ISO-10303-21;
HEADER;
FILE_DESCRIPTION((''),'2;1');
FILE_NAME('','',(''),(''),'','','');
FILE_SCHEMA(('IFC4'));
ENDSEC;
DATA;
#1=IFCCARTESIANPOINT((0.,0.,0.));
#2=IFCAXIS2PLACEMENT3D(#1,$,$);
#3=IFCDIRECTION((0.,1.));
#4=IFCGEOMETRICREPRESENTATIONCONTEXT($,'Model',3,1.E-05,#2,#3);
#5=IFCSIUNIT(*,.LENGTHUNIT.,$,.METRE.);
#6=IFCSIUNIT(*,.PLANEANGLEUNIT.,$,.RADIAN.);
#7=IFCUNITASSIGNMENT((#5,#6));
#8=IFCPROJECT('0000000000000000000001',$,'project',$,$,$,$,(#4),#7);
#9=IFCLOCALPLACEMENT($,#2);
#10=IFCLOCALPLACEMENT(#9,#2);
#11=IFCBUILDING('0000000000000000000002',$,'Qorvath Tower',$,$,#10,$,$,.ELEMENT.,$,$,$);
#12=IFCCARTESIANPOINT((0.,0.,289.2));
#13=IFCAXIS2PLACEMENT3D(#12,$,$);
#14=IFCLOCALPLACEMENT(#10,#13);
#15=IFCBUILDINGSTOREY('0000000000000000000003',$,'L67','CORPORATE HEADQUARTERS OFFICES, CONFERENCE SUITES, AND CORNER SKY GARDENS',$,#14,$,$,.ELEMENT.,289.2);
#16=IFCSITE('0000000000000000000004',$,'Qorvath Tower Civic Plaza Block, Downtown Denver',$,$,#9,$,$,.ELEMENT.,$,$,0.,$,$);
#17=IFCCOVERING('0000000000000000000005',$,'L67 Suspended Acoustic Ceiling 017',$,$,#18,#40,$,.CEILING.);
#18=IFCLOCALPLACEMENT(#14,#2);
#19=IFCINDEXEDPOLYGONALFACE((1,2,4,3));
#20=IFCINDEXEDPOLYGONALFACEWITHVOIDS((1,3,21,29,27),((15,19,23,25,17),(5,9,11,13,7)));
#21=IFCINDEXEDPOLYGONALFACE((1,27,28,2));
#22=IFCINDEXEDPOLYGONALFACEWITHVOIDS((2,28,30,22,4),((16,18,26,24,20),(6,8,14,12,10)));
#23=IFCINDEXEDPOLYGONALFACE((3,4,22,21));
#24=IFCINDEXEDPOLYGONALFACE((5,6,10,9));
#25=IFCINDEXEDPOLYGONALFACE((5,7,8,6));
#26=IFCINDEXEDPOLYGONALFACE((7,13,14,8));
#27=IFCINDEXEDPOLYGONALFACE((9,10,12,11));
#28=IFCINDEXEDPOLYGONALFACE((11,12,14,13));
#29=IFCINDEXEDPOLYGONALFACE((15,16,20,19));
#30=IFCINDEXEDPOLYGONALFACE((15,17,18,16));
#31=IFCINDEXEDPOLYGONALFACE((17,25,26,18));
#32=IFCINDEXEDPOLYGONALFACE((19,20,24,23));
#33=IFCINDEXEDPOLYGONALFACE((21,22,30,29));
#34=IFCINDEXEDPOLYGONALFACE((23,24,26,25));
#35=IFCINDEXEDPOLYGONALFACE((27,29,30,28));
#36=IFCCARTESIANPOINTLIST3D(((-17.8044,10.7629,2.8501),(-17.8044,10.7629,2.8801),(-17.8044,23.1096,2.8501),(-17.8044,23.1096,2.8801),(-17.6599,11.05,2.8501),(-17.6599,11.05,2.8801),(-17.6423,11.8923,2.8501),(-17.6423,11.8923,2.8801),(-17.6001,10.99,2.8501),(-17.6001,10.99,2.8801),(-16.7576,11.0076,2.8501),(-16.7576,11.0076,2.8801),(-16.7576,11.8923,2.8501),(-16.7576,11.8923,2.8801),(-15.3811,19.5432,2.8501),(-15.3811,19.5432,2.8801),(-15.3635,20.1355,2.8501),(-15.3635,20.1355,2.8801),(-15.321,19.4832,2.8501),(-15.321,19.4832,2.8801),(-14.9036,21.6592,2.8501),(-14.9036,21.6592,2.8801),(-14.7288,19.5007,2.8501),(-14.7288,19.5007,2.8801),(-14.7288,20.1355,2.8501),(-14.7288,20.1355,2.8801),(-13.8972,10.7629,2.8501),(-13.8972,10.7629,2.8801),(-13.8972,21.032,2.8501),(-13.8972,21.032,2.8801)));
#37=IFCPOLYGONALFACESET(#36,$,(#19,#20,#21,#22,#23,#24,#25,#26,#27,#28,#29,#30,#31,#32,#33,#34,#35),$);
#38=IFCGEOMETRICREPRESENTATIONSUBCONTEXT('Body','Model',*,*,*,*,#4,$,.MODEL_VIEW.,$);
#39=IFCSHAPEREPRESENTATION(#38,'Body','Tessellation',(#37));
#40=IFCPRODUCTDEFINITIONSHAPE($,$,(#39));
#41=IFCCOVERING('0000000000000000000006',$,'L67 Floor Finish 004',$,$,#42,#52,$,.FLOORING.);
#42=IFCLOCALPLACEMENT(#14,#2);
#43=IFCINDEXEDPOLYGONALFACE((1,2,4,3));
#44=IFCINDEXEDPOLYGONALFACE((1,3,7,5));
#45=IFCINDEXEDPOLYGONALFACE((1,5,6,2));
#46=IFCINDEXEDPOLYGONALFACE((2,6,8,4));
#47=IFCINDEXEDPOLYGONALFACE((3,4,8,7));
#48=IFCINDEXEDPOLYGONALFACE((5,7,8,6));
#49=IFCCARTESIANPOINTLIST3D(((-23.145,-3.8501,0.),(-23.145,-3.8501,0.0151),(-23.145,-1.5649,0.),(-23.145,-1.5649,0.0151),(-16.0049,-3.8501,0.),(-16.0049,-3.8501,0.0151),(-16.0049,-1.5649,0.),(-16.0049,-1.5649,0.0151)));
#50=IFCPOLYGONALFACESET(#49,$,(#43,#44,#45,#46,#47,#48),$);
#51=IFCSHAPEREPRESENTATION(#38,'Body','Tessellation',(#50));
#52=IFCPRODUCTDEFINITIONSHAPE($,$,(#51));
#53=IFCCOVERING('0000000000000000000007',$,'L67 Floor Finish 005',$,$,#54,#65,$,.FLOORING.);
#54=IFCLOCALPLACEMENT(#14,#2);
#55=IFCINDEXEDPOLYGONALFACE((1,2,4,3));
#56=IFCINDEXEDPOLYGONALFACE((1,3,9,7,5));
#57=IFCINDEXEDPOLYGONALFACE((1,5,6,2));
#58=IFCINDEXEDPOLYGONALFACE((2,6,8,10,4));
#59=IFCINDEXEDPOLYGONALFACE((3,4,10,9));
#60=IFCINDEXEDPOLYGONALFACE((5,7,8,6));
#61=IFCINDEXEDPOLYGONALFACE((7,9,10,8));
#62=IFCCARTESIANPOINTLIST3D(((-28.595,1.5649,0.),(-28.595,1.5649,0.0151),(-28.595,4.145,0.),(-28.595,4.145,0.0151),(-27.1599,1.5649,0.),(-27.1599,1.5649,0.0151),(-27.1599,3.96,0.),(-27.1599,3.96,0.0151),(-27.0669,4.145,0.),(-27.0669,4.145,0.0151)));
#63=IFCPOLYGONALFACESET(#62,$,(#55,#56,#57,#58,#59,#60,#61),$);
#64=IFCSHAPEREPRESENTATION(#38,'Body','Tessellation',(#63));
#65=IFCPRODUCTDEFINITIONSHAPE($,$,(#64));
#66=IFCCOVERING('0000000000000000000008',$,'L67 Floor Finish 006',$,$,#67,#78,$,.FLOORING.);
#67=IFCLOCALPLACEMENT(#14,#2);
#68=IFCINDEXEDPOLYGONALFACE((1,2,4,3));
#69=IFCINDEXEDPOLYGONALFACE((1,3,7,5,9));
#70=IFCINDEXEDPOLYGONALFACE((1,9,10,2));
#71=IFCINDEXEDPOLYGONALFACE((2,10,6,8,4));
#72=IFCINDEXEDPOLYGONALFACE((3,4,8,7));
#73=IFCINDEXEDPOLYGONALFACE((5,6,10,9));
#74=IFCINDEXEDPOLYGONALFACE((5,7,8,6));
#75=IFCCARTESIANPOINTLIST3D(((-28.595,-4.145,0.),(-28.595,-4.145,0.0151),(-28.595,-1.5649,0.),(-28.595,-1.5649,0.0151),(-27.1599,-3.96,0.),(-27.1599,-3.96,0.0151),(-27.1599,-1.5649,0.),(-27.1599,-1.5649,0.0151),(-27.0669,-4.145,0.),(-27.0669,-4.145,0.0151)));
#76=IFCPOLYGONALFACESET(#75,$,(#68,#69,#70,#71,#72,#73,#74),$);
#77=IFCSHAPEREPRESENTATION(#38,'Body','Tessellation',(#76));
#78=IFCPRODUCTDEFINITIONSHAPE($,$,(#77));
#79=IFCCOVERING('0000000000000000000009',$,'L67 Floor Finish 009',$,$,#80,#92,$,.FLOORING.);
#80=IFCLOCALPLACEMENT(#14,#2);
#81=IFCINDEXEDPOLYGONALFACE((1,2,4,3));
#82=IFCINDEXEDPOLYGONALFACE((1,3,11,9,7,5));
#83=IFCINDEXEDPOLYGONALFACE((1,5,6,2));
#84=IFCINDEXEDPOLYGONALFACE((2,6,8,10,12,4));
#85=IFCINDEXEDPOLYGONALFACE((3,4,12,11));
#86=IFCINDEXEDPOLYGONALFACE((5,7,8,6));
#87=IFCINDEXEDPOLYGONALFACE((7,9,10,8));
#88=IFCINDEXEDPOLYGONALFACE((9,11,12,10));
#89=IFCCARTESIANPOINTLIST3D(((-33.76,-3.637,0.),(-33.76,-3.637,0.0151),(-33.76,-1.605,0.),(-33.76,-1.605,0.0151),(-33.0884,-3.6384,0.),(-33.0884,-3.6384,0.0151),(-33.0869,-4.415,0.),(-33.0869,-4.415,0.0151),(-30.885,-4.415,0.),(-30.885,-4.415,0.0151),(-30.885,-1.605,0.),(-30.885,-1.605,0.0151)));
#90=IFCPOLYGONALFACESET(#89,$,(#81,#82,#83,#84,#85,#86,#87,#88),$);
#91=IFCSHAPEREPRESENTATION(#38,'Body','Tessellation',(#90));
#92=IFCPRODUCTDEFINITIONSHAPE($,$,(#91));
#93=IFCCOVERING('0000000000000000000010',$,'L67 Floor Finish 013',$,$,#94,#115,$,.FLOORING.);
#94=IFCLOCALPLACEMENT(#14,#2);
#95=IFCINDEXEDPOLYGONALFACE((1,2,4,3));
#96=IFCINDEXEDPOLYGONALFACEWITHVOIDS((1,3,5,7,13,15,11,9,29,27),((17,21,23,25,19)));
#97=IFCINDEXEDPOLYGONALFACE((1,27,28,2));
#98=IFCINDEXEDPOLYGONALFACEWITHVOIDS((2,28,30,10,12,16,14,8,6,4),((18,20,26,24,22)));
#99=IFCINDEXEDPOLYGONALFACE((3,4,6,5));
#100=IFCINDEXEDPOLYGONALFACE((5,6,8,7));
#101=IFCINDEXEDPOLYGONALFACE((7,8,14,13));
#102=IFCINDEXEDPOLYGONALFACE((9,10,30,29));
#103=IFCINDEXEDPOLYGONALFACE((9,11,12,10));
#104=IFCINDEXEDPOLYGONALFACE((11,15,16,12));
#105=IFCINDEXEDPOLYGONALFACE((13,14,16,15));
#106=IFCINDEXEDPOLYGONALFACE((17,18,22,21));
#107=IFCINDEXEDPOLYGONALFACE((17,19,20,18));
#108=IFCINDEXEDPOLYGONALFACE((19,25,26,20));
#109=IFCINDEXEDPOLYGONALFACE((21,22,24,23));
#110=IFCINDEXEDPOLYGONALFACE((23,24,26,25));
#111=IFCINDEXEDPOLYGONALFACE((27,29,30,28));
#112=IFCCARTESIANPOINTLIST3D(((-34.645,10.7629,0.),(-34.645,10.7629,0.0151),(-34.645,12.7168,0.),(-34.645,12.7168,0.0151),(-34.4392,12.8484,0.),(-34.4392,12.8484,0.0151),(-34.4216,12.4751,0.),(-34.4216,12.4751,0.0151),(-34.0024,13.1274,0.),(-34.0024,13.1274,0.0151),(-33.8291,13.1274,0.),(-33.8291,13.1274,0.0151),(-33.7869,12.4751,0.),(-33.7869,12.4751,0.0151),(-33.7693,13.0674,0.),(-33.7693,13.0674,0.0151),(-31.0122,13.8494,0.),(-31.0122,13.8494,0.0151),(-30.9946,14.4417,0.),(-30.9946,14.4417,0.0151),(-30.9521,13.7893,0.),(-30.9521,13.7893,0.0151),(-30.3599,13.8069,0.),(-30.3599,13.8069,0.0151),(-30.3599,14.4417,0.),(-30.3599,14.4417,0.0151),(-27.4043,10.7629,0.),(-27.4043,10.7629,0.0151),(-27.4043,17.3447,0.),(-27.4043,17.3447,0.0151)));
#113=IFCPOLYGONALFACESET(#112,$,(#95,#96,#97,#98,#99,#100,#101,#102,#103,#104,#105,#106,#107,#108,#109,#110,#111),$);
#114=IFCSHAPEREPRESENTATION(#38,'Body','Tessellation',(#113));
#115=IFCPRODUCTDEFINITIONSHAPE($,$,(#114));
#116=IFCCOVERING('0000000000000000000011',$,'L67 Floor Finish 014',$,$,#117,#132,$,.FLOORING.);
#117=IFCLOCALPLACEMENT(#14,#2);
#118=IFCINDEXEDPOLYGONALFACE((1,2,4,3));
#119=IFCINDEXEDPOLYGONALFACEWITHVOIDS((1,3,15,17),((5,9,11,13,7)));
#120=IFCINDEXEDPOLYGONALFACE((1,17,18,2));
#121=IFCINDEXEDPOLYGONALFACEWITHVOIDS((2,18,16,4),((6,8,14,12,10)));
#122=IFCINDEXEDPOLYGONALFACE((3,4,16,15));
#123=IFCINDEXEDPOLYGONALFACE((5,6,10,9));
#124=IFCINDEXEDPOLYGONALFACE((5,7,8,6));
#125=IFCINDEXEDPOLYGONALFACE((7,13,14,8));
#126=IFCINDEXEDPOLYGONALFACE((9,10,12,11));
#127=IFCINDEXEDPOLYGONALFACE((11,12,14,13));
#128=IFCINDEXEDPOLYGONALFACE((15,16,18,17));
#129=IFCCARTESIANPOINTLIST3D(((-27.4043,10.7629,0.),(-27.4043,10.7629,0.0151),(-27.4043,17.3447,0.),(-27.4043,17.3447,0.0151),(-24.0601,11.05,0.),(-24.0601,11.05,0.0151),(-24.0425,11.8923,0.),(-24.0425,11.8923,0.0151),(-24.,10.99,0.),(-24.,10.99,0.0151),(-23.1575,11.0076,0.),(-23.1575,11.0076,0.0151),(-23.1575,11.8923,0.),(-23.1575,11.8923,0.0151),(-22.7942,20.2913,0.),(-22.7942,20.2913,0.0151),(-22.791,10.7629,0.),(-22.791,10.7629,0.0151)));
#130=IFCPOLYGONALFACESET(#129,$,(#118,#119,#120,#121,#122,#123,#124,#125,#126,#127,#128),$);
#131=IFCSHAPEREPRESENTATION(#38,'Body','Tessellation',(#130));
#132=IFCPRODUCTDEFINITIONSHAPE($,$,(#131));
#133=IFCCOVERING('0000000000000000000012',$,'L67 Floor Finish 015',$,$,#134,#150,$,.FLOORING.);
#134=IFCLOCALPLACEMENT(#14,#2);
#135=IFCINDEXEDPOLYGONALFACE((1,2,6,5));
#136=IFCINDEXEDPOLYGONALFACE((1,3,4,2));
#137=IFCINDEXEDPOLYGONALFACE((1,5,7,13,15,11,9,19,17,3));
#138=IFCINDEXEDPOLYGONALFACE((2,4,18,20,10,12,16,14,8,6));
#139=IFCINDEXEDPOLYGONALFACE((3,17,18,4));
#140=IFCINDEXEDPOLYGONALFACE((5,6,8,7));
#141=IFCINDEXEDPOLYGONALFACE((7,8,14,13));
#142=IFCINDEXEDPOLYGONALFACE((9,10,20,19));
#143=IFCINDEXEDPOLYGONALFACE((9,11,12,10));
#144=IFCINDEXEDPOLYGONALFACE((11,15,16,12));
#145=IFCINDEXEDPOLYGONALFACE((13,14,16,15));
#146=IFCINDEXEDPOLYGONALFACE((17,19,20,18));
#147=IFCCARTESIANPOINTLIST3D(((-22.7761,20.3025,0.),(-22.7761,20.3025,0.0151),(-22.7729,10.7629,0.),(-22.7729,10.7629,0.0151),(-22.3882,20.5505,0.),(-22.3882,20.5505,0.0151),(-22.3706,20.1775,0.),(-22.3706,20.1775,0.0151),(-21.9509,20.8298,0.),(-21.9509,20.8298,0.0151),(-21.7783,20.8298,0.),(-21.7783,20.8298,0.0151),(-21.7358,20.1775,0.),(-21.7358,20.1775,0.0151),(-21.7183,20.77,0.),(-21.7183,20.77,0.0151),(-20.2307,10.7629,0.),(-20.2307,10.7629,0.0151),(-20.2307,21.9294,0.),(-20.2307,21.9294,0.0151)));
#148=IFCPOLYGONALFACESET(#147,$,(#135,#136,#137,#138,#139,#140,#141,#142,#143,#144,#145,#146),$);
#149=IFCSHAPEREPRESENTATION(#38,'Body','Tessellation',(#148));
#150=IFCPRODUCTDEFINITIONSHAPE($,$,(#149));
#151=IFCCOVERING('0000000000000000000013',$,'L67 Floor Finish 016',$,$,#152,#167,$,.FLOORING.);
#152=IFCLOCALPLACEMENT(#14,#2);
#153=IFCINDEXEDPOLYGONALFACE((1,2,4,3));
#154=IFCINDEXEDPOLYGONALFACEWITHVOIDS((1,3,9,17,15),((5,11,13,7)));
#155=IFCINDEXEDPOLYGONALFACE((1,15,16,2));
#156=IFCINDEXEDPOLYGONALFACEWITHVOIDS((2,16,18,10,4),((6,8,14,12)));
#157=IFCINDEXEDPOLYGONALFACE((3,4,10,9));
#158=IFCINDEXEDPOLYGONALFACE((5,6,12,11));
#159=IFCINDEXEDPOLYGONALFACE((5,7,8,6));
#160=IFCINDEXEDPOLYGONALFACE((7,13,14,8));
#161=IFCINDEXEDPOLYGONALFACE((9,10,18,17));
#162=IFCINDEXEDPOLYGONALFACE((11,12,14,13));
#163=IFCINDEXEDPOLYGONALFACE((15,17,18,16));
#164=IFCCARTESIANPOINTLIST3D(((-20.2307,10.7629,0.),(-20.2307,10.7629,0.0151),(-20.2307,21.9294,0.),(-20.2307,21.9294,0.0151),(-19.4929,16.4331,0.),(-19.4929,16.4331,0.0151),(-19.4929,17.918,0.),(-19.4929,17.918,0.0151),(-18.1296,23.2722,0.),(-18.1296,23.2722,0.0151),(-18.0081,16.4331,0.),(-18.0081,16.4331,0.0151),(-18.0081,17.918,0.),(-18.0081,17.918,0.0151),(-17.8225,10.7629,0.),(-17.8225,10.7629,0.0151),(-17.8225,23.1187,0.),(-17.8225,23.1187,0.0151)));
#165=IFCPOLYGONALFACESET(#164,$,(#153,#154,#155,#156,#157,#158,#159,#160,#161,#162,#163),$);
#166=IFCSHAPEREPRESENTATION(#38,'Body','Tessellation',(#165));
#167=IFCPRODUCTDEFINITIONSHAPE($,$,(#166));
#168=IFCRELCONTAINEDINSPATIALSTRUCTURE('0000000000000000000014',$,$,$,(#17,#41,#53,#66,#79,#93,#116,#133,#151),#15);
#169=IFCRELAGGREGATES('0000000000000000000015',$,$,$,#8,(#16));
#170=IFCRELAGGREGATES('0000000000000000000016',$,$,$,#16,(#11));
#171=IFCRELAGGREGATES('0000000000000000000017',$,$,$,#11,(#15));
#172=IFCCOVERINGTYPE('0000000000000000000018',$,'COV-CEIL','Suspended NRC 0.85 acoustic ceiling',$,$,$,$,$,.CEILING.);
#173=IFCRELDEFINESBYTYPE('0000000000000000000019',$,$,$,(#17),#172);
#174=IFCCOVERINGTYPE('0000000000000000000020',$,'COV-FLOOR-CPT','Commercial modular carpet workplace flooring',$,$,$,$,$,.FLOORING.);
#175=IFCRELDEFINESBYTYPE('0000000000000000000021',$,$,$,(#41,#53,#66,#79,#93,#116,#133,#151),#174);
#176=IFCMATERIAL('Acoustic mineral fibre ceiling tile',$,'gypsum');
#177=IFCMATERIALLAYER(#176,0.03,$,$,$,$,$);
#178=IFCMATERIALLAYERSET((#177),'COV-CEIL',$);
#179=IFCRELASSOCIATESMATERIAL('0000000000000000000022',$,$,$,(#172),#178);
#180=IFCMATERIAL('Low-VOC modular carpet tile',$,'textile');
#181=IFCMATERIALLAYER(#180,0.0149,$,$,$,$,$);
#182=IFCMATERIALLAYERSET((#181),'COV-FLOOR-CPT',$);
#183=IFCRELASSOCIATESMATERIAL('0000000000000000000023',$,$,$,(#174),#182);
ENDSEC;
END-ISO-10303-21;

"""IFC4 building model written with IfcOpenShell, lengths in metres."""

from ifc_helpers import new_model, si_unit, direction, frame, origin, place, context, subcontext, project, spatial, polyline, outline, extrude, material, layer, layer_set, type_object, element, save


model = new_model("IFC4")

# Units and contexts
model_context = context("Model", 3, precision=1e-05, world=origin(), true_north=direction((0.0, 1.0)))
body_context = subcontext(model_context, "Body", "Model", "MODEL_VIEW")
ifc_project = project(units=[si_unit("LENGTHUNIT", "METRE"), si_unit("PLANEANGLEUNIT", "RADIAN")], contexts=[model_context])

# Site, building, storey
site_placement = place(None, origin())
site = spatial("IfcSite", under=ifc_project, at=site_placement, Name="Qorvath Tower Civic Plaza Block, Downtown Denver", CompositionType="ELEMENT", RefElevation=0.0)
building_placement = place(site_placement, origin())
building = spatial("IfcBuilding", under=site, at=building_placement, Name="Qorvath Tower", CompositionType="ELEMENT")
storey_placement = place(building_placement, frame((0.0, 0.0, 289.2)))
storey = spatial("IfcBuildingStorey", under=building, at=storey_placement, Name="L67", Description="CORPORATE HEADQUARTERS OFFICES, CONFERENCE SUITES, AND CORNER SKY GARDENS", CompositionType="ELEMENT", Elevation=289.2)

# Coverings
ifc_material_1 = material(Name="Acoustic mineral fibre ceiling tile", Category="gypsum")
ifc_layer_1 = layer(ifc_material_1, 0.03)
ifc_layer_set_1 = layer_set([ifc_layer_1], Name="COV-CEIL")
covering_type_1 = type_object("IfcCoveringType", Name="COV-CEIL", Description="Suspended NRC 0.85 acoustic ceiling", PredefinedType="CEILING", material=ifc_layer_set_1)
covering_1_placement = place(storey_placement, frame((0.0, 0.0, 2.8501)))
element("IfcCovering", 1, at=covering_1_placement, inside=storey, type_object=covering_type_1, Name="L67 Suspended Acoustic Ceiling 017", PredefinedType="CEILING", context=body_context, shape_type="SweptSolid", body=[
    extrude(outline(polyline([(-13.8972, 10.7629), (-13.8972, 21.032), (-14.9036, 21.6592), (-17.8044, 23.1096), (-17.8044, 10.7629), (-13.8972, 10.7629)]), holes=[polyline([(-15.3811, 19.5432), (-15.3635, 20.1355), (-14.7288, 20.1355), (-14.7288, 19.5007), (-15.321, 19.4832), (-15.3811, 19.5432)]), polyline([(-17.6599, 11.05), (-17.6423, 11.8923), (-16.7576, 11.8923), (-16.7576, 11.0076), (-17.6001, 10.99), (-17.6599, 11.05)])]), origin(), (0.0, 0.0, 1.0), 0.03),
])
ifc_material_2 = material(Name="Low-VOC modular carpet tile", Category="textile")
ifc_layer_2 = layer(ifc_material_2, 0.0149)
ifc_layer_set_2 = layer_set([ifc_layer_2], Name="COV-FLOOR-CPT")
covering_type_2 = type_object("IfcCoveringType", Name="COV-FLOOR-CPT", Description="Commercial modular carpet workplace flooring", PredefinedType="FLOORING", material=ifc_layer_set_2)
covering_2_placement = place(storey_placement, origin())
element("IfcCovering", 2, at=covering_2_placement, inside=storey, type_object=covering_type_2, Name="L67 Floor Finish 004", PredefinedType="FLOORING", context=body_context, shape_type="SweptSolid", body=[
    extrude(outline(polyline([(-23.145, -3.8501), (-16.0049, -3.8501), (-16.0049, -1.5649), (-23.145, -1.5649), (-23.145, -3.8501)])), origin(), (0.0, 0.0, 1.0), 0.0151),
])
covering_3_placement = place(storey_placement, origin())
element("IfcCovering", 3, at=covering_3_placement, inside=storey, type_object=covering_type_2, Name="L67 Floor Finish 005", PredefinedType="FLOORING", context=body_context, shape_type="SweptSolid", body=[
    extrude(outline(polyline([(-27.1599, 1.5649), (-27.1599, 3.96), (-27.0669, 4.145), (-28.595, 4.145), (-28.595, 1.5649), (-27.1599, 1.5649)])), origin(), (0.0, 0.0, 1.0), 0.0151),
])
covering_4_placement = place(storey_placement, origin())
element("IfcCovering", 4, at=covering_4_placement, inside=storey, type_object=covering_type_2, Name="L67 Floor Finish 006", PredefinedType="FLOORING", context=body_context, shape_type="SweptSolid", body=[
    extrude(outline(polyline([(-27.0669, -4.145), (-27.1599, -3.96), (-27.1599, -1.5649), (-28.595, -1.5649), (-28.595, -4.145), (-27.0669, -4.145)])), origin(), (0.0, 0.0, 1.0), 0.0151),
])
covering_5_placement = place(storey_placement, origin())
element("IfcCovering", 5, at=covering_5_placement, inside=storey, type_object=covering_type_2, Name="L67 Floor Finish 009", PredefinedType="FLOORING", context=body_context, shape_type="SweptSolid", body=[
    extrude(outline(polyline([(-30.885, -4.415), (-30.885, -1.605), (-33.76, -1.605), (-33.76, -3.637), (-33.0884, -3.6384), (-33.0869, -4.415), (-30.885, -4.415)])), origin(), (0.0, 0.0, 1.0), 0.0151),
])
covering_6_placement = place(storey_placement, origin())
element("IfcCovering", 6, at=covering_6_placement, inside=storey, type_object=covering_type_2, Name="L67 Floor Finish 013", PredefinedType="FLOORING", context=body_context, shape_type="SweptSolid", body=[
    extrude(outline(polyline([(-27.4043, 10.7629), (-27.4043, 17.3447), (-34.0024, 13.1274), (-33.8291, 13.1274), (-33.7693, 13.0674), (-33.7869, 12.4751), (-34.4216, 12.4751), (-34.4392, 12.8484), (-34.645, 12.7168), (-34.645, 10.7629), (-27.4043, 10.7629)]), holes=[polyline([(-31.0122, 13.8494), (-30.9946, 14.4417), (-30.3599, 14.4417), (-30.3599, 13.8069), (-30.9521, 13.7893), (-31.0122, 13.8494)])]), origin(), (0.0, 0.0, 1.0), 0.0151),
])
covering_7_placement = place(storey_placement, origin())
element("IfcCovering", 7, at=covering_7_placement, inside=storey, type_object=covering_type_2, Name="L67 Floor Finish 014", PredefinedType="FLOORING", context=body_context, shape_type="SweptSolid", body=[
    extrude(outline(polyline([(-22.791, 10.7629), (-22.7942, 20.2913), (-27.4043, 17.3447), (-27.4043, 10.7629), (-22.791, 10.7629)]), holes=[polyline([(-24.0601, 11.05), (-24.0425, 11.8923), (-23.1575, 11.8923), (-23.1575, 11.0076), (-24.0, 10.99), (-24.0601, 11.05)])]), origin(), (0.0, 0.0, 1.0), 0.0151),
])
covering_8_placement = place(storey_placement, origin())
element("IfcCovering", 8, at=covering_8_placement, inside=storey, type_object=covering_type_2, Name="L67 Floor Finish 015", PredefinedType="FLOORING", context=body_context, shape_type="SweptSolid", body=[
    extrude(outline(polyline([(-20.2307, 10.7629), (-20.2307, 21.9294), (-21.9509, 20.8298), (-21.7783, 20.8298), (-21.7183, 20.77), (-21.7358, 20.1775), (-22.3706, 20.1775), (-22.3882, 20.5505), (-22.7761, 20.3025), (-22.7729, 10.7629), (-20.2307, 10.7629)])), origin(), (0.0, 0.0, 1.0), 0.0151),
])
covering_9_placement = place(storey_placement, origin())
element("IfcCovering", 9, at=covering_9_placement, inside=storey, type_object=covering_type_2, Name="L67 Floor Finish 016", PredefinedType="FLOORING", context=body_context, shape_type="SweptSolid", body=[
    extrude(outline(polyline([(-17.8225, 23.1187), (-18.1296, 23.2722), (-20.2307, 21.9294), (-20.2307, 10.7629), (-17.8225, 10.7629), (-17.8225, 23.1187)]), holes=[polyline([(-19.4929, 16.4331), (-19.4929, 17.918), (-18.0081, 17.918), (-18.0081, 16.4331), (-19.4929, 16.4331)])]), origin(), (0.0, 0.0, 1.0), 0.0151),
])

save(model, "model.ifc")
